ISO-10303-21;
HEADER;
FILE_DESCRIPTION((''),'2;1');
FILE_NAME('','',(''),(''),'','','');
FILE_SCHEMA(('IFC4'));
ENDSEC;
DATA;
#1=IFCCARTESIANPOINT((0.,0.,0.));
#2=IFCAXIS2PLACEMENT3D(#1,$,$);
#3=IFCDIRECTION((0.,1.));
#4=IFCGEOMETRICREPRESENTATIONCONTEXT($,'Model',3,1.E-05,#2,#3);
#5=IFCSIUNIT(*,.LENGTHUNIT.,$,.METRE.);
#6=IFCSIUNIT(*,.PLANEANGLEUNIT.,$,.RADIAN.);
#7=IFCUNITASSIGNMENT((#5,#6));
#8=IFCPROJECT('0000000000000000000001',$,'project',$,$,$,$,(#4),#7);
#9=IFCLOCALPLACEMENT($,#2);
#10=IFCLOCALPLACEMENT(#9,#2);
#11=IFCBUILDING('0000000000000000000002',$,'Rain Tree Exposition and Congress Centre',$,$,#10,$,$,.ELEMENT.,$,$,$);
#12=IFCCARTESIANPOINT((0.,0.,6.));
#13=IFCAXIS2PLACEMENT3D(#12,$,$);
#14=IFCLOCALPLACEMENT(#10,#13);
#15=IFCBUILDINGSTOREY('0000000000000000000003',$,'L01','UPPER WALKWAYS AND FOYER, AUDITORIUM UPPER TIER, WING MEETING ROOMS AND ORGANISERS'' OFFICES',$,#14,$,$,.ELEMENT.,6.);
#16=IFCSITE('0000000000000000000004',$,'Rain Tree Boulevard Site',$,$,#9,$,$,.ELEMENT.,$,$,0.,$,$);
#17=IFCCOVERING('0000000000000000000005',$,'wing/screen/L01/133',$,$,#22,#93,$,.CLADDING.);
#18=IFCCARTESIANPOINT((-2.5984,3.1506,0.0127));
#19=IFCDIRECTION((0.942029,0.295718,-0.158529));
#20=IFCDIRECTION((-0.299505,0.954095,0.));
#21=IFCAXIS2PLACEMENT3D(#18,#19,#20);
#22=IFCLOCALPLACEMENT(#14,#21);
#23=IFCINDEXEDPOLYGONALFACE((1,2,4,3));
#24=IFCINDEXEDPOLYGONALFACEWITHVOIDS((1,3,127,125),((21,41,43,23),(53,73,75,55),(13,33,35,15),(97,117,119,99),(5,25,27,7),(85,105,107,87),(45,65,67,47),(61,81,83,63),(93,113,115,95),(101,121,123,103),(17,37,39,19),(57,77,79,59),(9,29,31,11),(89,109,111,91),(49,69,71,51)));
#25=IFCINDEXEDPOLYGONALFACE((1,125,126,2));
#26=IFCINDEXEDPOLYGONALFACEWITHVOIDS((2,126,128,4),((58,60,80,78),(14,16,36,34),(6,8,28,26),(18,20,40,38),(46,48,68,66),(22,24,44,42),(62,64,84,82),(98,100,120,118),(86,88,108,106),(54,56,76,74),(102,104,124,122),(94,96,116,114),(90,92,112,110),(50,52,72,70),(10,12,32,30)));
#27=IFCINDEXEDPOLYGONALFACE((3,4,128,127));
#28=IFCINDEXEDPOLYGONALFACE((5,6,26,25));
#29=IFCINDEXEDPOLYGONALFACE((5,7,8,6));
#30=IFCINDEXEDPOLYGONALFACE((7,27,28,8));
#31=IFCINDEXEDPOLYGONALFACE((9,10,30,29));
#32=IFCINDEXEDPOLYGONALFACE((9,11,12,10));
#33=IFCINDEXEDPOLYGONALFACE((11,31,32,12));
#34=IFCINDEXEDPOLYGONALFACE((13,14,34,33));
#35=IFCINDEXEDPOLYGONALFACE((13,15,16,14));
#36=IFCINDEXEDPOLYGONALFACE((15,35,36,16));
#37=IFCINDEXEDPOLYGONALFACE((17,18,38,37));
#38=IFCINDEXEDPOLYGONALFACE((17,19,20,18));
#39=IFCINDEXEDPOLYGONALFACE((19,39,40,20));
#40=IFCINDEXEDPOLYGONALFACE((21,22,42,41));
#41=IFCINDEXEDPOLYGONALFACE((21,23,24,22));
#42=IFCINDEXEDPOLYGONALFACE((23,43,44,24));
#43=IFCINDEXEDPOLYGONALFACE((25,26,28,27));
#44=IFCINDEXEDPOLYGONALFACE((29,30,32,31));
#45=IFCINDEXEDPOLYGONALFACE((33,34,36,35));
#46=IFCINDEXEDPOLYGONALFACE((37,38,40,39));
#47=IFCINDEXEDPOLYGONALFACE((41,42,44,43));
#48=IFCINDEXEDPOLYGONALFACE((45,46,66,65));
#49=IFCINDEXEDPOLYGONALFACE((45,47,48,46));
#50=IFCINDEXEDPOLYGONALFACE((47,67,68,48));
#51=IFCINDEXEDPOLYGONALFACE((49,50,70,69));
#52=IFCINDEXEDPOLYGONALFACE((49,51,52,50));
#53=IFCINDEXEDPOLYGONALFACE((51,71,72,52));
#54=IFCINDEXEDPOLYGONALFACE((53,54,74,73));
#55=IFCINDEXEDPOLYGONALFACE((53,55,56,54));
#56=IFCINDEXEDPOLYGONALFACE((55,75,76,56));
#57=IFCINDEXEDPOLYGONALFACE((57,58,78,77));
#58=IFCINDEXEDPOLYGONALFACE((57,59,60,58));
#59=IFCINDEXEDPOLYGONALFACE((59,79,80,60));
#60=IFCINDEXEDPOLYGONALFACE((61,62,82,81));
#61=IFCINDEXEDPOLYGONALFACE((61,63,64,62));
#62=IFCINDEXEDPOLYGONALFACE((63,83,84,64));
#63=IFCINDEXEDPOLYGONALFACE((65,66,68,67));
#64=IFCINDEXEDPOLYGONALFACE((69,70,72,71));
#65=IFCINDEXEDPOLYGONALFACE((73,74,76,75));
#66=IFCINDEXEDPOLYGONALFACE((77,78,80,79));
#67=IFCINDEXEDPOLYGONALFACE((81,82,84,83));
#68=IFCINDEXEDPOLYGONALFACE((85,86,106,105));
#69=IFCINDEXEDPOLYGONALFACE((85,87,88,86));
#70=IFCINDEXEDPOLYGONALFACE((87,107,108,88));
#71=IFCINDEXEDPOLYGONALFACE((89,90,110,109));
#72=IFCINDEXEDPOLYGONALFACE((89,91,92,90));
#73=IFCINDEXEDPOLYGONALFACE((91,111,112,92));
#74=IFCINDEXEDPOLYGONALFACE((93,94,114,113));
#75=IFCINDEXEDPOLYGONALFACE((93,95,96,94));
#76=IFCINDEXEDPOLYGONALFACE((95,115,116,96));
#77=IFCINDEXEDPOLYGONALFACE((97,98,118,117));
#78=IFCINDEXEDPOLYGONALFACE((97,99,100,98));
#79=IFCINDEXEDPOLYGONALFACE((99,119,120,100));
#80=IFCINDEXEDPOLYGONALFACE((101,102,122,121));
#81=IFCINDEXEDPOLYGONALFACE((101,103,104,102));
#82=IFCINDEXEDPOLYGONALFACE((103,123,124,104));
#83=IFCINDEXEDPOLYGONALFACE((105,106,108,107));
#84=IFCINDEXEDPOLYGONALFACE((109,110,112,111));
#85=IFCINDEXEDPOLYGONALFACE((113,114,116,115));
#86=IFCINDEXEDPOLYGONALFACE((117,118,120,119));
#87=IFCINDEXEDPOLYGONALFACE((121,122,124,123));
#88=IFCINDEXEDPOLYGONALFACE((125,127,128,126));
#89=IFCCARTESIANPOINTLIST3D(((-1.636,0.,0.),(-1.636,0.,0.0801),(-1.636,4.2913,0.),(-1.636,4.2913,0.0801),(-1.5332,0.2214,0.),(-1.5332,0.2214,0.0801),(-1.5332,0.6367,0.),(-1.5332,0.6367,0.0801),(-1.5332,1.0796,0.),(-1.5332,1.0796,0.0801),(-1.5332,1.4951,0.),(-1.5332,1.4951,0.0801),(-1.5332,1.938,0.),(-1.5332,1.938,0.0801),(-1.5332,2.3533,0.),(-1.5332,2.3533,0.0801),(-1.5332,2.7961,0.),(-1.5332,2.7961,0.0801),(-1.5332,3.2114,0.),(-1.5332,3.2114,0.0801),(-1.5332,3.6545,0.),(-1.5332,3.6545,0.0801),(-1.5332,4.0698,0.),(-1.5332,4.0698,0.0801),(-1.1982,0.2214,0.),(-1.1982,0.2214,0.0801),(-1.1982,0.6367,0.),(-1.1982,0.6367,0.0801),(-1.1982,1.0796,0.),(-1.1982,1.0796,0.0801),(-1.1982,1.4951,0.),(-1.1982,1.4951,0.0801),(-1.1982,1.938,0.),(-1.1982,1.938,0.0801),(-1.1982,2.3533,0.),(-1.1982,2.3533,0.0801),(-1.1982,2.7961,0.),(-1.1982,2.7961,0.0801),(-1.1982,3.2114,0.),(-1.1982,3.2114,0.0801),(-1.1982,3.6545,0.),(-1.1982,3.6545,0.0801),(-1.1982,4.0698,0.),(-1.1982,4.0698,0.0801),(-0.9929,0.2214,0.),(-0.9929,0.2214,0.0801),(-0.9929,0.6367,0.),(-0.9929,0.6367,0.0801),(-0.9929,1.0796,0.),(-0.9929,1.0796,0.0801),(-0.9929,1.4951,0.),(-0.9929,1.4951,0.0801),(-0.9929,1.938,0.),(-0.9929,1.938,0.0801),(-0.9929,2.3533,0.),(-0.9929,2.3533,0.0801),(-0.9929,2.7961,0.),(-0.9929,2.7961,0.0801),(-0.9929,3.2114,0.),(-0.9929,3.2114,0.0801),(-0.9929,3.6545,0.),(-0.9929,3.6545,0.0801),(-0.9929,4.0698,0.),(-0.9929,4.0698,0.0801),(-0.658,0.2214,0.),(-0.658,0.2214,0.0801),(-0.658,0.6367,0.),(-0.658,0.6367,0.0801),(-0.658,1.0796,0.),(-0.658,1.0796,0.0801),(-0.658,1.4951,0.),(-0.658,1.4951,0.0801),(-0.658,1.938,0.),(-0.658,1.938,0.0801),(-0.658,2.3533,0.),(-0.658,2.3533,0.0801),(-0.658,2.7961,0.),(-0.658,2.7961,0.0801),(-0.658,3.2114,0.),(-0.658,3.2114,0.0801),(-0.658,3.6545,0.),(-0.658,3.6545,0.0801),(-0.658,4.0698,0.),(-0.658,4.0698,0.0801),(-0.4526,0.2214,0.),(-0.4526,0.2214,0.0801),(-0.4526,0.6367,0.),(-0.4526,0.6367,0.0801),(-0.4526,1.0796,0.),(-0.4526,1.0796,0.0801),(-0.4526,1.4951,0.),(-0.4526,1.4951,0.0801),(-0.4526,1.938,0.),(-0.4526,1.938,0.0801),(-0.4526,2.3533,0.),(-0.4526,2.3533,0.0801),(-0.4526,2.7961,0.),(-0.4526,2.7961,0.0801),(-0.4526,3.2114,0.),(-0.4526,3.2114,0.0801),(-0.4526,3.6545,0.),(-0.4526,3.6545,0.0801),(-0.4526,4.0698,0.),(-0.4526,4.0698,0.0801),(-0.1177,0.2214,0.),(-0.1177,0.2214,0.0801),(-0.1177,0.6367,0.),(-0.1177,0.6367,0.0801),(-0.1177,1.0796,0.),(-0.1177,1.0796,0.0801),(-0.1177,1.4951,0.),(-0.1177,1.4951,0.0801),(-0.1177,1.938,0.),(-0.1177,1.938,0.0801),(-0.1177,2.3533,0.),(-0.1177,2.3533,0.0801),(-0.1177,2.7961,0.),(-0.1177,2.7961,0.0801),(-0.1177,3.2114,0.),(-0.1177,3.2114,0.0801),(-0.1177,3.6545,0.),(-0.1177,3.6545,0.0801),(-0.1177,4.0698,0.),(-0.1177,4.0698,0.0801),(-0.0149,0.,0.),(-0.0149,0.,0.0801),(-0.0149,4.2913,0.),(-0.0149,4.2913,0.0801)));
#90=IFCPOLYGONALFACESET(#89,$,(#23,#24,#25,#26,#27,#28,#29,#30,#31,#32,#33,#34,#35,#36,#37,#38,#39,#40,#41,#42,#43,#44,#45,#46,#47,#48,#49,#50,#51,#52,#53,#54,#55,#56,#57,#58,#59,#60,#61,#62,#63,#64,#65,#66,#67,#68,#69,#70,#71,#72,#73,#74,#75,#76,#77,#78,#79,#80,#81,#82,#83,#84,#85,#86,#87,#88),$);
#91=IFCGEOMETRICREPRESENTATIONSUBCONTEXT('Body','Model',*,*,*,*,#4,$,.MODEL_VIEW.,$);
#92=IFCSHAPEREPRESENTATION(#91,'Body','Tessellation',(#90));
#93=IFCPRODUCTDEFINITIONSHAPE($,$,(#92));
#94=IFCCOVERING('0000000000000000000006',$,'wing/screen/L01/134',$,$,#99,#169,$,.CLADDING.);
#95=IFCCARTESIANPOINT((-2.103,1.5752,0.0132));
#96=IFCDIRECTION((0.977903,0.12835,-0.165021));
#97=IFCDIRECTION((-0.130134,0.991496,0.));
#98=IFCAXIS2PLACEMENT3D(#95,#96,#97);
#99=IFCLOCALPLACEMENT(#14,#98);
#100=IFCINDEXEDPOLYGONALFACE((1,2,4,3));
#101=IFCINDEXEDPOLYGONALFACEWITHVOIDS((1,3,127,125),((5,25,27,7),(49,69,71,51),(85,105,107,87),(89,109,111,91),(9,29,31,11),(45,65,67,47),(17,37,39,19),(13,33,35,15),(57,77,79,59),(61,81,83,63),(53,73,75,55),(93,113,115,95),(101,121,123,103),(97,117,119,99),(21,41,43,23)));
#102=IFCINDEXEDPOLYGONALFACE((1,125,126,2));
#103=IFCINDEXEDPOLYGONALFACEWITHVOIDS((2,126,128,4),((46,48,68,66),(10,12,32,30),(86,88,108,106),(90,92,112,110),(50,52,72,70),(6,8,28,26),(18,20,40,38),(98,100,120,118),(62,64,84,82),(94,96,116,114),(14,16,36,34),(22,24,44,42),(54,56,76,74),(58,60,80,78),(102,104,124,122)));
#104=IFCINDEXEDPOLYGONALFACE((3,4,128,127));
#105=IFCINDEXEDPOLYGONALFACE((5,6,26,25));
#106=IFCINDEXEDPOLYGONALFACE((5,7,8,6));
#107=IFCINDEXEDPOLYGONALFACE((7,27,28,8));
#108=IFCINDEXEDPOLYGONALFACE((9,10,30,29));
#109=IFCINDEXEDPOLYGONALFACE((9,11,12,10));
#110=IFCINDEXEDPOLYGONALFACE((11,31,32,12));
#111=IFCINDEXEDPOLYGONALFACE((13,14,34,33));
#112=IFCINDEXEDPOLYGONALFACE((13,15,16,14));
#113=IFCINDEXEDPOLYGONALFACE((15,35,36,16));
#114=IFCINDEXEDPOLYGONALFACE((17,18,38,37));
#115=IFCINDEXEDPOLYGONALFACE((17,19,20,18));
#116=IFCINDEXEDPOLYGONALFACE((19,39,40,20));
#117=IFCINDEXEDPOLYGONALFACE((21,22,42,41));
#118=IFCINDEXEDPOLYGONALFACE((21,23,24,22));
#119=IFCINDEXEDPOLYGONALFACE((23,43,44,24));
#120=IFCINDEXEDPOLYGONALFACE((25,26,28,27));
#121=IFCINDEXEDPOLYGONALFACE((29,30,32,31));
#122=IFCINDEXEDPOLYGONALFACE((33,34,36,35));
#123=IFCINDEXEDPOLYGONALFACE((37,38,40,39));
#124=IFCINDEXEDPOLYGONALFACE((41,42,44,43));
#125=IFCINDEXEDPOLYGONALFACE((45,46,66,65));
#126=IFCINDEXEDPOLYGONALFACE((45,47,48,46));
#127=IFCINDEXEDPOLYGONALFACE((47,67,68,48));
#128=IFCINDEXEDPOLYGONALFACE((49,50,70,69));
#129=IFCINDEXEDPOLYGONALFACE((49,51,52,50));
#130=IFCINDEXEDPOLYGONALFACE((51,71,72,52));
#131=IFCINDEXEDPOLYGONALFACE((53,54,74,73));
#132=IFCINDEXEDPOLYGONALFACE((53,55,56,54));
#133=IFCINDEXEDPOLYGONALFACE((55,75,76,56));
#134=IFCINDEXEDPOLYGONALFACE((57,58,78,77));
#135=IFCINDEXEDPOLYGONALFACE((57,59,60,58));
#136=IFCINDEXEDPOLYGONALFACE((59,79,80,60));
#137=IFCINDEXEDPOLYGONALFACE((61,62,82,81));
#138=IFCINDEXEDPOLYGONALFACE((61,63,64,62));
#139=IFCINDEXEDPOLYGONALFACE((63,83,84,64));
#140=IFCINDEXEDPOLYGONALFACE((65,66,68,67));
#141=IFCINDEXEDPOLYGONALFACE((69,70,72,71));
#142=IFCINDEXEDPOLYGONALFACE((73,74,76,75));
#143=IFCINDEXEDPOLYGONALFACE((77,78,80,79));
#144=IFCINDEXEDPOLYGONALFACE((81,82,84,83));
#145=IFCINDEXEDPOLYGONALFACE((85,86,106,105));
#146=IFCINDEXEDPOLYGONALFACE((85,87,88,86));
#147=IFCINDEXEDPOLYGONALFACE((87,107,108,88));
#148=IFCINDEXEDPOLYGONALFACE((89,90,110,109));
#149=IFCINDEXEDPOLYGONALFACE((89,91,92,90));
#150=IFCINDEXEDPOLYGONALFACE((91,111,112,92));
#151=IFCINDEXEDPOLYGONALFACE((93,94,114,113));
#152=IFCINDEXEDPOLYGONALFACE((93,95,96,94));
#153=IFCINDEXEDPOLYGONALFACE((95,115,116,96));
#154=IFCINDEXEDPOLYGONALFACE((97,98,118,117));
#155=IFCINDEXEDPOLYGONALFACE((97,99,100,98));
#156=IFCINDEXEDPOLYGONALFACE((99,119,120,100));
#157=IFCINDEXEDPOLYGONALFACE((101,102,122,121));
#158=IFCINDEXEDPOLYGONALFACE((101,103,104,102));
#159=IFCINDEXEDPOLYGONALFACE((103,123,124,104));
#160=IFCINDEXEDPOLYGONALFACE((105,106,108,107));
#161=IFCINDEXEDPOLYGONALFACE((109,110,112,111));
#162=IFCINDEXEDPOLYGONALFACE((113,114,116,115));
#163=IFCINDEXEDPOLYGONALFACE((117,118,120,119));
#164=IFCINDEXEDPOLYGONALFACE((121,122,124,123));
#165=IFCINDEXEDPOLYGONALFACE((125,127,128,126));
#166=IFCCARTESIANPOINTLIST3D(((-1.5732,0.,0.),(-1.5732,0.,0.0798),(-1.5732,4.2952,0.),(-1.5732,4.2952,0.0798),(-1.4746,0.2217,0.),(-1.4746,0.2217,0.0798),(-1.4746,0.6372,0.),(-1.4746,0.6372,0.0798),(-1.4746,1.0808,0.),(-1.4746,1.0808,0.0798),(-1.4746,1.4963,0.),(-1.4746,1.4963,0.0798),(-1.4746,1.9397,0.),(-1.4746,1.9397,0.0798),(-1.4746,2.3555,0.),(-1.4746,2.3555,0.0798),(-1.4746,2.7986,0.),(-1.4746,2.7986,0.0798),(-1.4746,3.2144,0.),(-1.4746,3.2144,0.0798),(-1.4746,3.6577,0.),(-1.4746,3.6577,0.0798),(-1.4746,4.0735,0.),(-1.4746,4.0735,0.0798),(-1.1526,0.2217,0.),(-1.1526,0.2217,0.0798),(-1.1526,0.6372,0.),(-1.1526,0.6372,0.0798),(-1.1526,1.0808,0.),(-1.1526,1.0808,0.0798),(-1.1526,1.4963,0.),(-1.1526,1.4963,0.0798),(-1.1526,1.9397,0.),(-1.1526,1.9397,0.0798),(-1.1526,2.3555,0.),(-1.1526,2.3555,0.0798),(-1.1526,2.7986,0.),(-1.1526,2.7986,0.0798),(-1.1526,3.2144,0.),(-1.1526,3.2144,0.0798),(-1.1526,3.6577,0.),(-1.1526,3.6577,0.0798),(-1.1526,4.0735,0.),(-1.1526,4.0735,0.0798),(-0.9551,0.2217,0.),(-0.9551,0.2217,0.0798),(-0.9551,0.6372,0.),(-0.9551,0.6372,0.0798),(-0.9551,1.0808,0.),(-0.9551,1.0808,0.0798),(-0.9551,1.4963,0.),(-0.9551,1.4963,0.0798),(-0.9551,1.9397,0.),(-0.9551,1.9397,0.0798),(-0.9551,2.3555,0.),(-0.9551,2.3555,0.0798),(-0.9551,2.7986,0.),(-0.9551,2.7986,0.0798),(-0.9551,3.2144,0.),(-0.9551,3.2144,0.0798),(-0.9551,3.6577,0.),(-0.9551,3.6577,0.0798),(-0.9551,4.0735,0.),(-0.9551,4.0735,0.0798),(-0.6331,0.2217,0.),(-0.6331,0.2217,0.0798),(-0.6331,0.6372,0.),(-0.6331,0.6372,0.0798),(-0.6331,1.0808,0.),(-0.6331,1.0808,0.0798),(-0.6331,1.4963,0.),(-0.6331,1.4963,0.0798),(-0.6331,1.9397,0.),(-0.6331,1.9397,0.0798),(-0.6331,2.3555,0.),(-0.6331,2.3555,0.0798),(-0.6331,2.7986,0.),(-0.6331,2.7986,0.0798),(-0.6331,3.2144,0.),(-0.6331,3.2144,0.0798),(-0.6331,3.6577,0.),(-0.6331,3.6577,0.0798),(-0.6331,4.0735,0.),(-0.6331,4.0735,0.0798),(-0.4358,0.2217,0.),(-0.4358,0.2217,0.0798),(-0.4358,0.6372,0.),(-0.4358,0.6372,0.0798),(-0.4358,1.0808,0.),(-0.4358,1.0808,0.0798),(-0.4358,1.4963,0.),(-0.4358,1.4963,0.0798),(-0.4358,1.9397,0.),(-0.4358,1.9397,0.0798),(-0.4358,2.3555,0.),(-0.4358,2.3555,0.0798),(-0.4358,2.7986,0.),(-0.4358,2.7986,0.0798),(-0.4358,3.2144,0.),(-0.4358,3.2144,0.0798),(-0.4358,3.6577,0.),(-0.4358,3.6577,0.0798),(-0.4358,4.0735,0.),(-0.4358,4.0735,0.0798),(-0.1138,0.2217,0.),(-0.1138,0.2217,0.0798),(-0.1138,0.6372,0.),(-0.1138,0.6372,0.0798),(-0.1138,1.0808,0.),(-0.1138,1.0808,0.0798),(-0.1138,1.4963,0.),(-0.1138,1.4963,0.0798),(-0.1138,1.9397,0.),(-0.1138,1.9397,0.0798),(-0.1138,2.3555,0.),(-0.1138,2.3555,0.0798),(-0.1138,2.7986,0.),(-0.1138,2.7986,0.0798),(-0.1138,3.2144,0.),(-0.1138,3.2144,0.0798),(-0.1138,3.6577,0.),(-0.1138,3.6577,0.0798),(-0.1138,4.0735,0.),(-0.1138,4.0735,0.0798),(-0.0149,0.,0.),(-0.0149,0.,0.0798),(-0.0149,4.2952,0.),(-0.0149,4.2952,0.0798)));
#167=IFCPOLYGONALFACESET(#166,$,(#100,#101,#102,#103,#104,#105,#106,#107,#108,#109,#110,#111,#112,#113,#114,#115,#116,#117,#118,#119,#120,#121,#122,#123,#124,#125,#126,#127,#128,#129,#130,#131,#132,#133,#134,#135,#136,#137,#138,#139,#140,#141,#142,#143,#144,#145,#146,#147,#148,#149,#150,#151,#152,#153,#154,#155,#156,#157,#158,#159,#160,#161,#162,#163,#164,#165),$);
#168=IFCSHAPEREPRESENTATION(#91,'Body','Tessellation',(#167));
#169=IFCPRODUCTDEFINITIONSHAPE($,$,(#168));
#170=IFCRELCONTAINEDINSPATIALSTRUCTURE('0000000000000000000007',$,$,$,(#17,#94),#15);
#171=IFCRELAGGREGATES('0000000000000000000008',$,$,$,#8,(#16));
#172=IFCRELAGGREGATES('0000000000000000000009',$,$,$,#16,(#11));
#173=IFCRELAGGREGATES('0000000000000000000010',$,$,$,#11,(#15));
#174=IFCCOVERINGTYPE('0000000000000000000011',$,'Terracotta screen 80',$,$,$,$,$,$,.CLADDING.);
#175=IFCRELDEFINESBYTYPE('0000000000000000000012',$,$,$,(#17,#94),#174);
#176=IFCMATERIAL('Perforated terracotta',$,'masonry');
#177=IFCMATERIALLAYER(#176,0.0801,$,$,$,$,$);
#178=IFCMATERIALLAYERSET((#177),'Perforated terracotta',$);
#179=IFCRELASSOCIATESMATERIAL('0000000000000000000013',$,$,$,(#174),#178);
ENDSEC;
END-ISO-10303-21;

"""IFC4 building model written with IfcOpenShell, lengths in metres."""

from ifc_helpers import new_model, si_unit, direction, frame, origin, place, context, subcontext, project, spatial, polyline, outline, extrude, material, layer, layer_set, type_object, element, save


model = new_model("IFC4")

# Units and contexts
model_context = context("Model", 3, precision=1e-05, world=origin(), true_north=direction((0.0, 1.0)))
body_context = subcontext(model_context, "Body", "Model", "MODEL_VIEW")
ifc_project = project(units=[si_unit("LENGTHUNIT", "METRE"), si_unit("PLANEANGLEUNIT", "RADIAN")], contexts=[model_context])

# Site, building, storey
site_placement = place(None, origin())
site = spatial("IfcSite", under=ifc_project, at=site_placement, Name="Rain Tree Boulevard Site", CompositionType="ELEMENT", RefElevation=0.0)
building_placement = place(site_placement, origin())
building = spatial("IfcBuilding", under=site, at=building_placement, Name="Rain Tree Exposition and Congress Centre", CompositionType="ELEMENT")
storey_placement = place(building_placement, frame((0.0, 0.0, 6.0)))
storey = spatial("IfcBuildingStorey", under=building, at=storey_placement, Name="L01", Description="UPPER WALKWAYS AND FOYER, AUDITORIUM UPPER TIER, WING MEETING ROOMS AND ORGANISERS' OFFICES", CompositionType="ELEMENT", Elevation=6.0)

# Coverings
ifc_material_1 = material(Name="Perforated terracotta", Category="masonry")
ifc_layer_1 = layer(ifc_material_1, 0.0801)
ifc_layer_set_1 = layer_set([ifc_layer_1], Name="Perforated terracotta")
covering_type = type_object("IfcCoveringType", Name="Terracotta screen 80", PredefinedType="CLADDING", material=ifc_layer_set_1)
covering_1_placement = place(storey_placement, frame((-2.5984, 3.1506, 0.0127), z_axis=(0.942029, 0.295718, -0.158529), x_axis=(-0.299505, 0.954095, 0.0)))
element("IfcCovering", 1, at=covering_1_placement, inside=storey, type_object=covering_type, Name="wing/screen/L01/133", PredefinedType="CLADDING", context=body_context, shape_type="SweptSolid", body=[
    extrude(outline(polyline([(-1.636, 0.0), (-1.636, 4.2913), (-0.0149, 4.2913), (-0.0149, 0.0), (-1.636, 0.0)]), holes=[polyline([(-0.1177, 0.2214), (-0.1177, 0.6367), (-0.4526, 0.6367), (-0.4526, 0.2214), (-0.1177, 0.2214)]), polyline([(-0.1177, 1.0796), (-0.1177, 1.4951), (-0.4526, 1.4951), (-0.4526, 1.0796), (-0.1177, 1.0796)]), polyline([(-0.1177, 1.938), (-0.1177, 2.3533), (-0.4526, 2.3533), (-0.4526, 1.938), (-0.1177, 1.938)]), polyline([(-0.1177, 2.7961), (-0.1177, 3.2114), (-0.4526, 3.2114), (-0.4526, 2.7961), (-0.1177, 2.7961)]), polyline([(-0.1177, 3.6545), (-0.1177, 4.0698), (-0.4526, 4.0698), (-0.4526, 3.6545), (-0.1177, 3.6545)]), polyline([(-0.658, 0.2214), (-0.658, 0.6367), (-0.9929, 0.6367), (-0.9929, 0.2214), (-0.658, 0.2214)]), polyline([(-0.658, 1.0796), (-0.658, 1.4951), (-0.9929, 1.4951), (-0.9929, 1.0796), (-0.658, 1.0796)]), polyline([(-0.658, 1.938), (-0.658, 2.3533), (-0.9929, 2.3533), (-0.9929, 1.938), (-0.658, 1.938)]), polyline([(-0.658, 2.7961), (-0.658, 3.2114), (-0.9929, 3.2114), (-0.9929, 2.7961), (-0.658, 2.7961)]), polyline([(-0.658, 3.6545), (-0.658, 4.0698), (-0.9929, 4.0698), (-0.9929, 3.6545), (-0.658, 3.6545)]), polyline([(-1.1982, 0.2214), (-1.1982, 0.6367), (-1.5332, 0.6367), (-1.5332, 0.2214), (-1.1982, 0.2214)]), polyline([(-1.1982, 1.0796), (-1.1982, 1.4951), (-1.5332, 1.4951), (-1.5332, 1.0796), (-1.1982, 1.0796)]), polyline([(-1.1982, 1.938), (-1.1982, 2.3533), (-1.5332, 2.3533), (-1.5332, 1.938), (-1.1982, 1.938)]), polyline([(-1.1982, 2.7961), (-1.1982, 3.2114), (-1.5332, 3.2114), (-1.5332, 2.7961), (-1.1982, 2.7961)]), polyline([(-1.1982, 3.6545), (-1.1982, 4.0698), (-1.5332, 4.0698), (-1.5332, 3.6545), (-1.1982, 3.6545)])]), origin(), (0.0, 0.0, 1.0), 0.0801),
])
covering_2_placement = place(storey_placement, frame((-2.103, 1.5752, 0.0132), z_axis=(0.977903, 0.12835, -0.165021), x_axis=(-0.130134, 0.991496, 0.0)))
element("IfcCovering", 2, at=covering_2_placement, inside=storey, type_object=covering_type, Name="wing/screen/L01/134", PredefinedType="CLADDING", context=body_context, shape_type="SweptSolid", body=[
    extrude(outline(polyline([(-1.5732, 0.0), (-1.5732, 4.2952), (-0.0149, 4.2952), (-0.0149, 0.0), (-1.5732, 0.0)]), holes=[polyline([(-0.1138, 0.2217), (-0.1138, 0.6372), (-0.4358, 0.6372), (-0.4358, 0.2217), (-0.1138, 0.2217)]), polyline([(-0.1138, 1.0808), (-0.1138, 1.4963), (-0.4358, 1.4963), (-0.4358, 1.0808), (-0.1138, 1.0808)]), polyline([(-0.1138, 1.9397), (-0.1138, 2.3555), (-0.4358, 2.3555), (-0.4358, 1.9397), (-0.1138, 1.9397)]), polyline([(-0.1138, 2.7986), (-0.1138, 3.2144), (-0.4358, 3.2144), (-0.4358, 2.7986), (-0.1138, 2.7986)]), polyline([(-0.1138, 3.6577), (-0.1138, 4.0735), (-0.4358, 4.0735), (-0.4358, 3.6577), (-0.1138, 3.6577)]), polyline([(-0.6331, 0.2217), (-0.6331, 0.6372), (-0.9551, 0.6372), (-0.9551, 0.2217), (-0.6331, 0.2217)]), polyline([(-0.6331, 1.0808), (-0.6331, 1.4963), (-0.9551, 1.4963), (-0.9551, 1.0808), (-0.6331, 1.0808)]), polyline([(-0.6331, 1.9397), (-0.6331, 2.3555), (-0.9551, 2.3555), (-0.9551, 1.9397), (-0.6331, 1.9397)]), polyline([(-0.6331, 2.7986), (-0.6331, 3.2144), (-0.9551, 3.2144), (-0.9551, 2.7986), (-0.6331, 2.7986)]), polyline([(-0.6331, 3.6577), (-0.6331, 4.0735), (-0.9551, 4.0735), (-0.9551, 3.6577), (-0.6331, 3.6577)]), polyline([(-1.1526, 0.2217), (-1.1526, 0.6372), (-1.4746, 0.6372), (-1.4746, 0.2217), (-1.1526, 0.2217)]), polyline([(-1.1526, 1.0808), (-1.1526, 1.4963), (-1.4746, 1.4963), (-1.4746, 1.0808), (-1.1526, 1.0808)]), polyline([(-1.1526, 1.9397), (-1.1526, 2.3555), (-1.4746, 2.3555), (-1.4746, 1.9397), (-1.1526, 1.9397)]), polyline([(-1.1526, 2.7986), (-1.1526, 3.2144), (-1.4746, 3.2144), (-1.4746, 2.7986), (-1.1526, 2.7986)]), polyline([(-1.1526, 3.6577), (-1.1526, 4.0735), (-1.4746, 4.0735), (-1.4746, 3.6577), (-1.1526, 3.6577)])]), origin(), (0.0, 0.0, 1.0), 0.0798),
])

save(model, "model.ifc")
